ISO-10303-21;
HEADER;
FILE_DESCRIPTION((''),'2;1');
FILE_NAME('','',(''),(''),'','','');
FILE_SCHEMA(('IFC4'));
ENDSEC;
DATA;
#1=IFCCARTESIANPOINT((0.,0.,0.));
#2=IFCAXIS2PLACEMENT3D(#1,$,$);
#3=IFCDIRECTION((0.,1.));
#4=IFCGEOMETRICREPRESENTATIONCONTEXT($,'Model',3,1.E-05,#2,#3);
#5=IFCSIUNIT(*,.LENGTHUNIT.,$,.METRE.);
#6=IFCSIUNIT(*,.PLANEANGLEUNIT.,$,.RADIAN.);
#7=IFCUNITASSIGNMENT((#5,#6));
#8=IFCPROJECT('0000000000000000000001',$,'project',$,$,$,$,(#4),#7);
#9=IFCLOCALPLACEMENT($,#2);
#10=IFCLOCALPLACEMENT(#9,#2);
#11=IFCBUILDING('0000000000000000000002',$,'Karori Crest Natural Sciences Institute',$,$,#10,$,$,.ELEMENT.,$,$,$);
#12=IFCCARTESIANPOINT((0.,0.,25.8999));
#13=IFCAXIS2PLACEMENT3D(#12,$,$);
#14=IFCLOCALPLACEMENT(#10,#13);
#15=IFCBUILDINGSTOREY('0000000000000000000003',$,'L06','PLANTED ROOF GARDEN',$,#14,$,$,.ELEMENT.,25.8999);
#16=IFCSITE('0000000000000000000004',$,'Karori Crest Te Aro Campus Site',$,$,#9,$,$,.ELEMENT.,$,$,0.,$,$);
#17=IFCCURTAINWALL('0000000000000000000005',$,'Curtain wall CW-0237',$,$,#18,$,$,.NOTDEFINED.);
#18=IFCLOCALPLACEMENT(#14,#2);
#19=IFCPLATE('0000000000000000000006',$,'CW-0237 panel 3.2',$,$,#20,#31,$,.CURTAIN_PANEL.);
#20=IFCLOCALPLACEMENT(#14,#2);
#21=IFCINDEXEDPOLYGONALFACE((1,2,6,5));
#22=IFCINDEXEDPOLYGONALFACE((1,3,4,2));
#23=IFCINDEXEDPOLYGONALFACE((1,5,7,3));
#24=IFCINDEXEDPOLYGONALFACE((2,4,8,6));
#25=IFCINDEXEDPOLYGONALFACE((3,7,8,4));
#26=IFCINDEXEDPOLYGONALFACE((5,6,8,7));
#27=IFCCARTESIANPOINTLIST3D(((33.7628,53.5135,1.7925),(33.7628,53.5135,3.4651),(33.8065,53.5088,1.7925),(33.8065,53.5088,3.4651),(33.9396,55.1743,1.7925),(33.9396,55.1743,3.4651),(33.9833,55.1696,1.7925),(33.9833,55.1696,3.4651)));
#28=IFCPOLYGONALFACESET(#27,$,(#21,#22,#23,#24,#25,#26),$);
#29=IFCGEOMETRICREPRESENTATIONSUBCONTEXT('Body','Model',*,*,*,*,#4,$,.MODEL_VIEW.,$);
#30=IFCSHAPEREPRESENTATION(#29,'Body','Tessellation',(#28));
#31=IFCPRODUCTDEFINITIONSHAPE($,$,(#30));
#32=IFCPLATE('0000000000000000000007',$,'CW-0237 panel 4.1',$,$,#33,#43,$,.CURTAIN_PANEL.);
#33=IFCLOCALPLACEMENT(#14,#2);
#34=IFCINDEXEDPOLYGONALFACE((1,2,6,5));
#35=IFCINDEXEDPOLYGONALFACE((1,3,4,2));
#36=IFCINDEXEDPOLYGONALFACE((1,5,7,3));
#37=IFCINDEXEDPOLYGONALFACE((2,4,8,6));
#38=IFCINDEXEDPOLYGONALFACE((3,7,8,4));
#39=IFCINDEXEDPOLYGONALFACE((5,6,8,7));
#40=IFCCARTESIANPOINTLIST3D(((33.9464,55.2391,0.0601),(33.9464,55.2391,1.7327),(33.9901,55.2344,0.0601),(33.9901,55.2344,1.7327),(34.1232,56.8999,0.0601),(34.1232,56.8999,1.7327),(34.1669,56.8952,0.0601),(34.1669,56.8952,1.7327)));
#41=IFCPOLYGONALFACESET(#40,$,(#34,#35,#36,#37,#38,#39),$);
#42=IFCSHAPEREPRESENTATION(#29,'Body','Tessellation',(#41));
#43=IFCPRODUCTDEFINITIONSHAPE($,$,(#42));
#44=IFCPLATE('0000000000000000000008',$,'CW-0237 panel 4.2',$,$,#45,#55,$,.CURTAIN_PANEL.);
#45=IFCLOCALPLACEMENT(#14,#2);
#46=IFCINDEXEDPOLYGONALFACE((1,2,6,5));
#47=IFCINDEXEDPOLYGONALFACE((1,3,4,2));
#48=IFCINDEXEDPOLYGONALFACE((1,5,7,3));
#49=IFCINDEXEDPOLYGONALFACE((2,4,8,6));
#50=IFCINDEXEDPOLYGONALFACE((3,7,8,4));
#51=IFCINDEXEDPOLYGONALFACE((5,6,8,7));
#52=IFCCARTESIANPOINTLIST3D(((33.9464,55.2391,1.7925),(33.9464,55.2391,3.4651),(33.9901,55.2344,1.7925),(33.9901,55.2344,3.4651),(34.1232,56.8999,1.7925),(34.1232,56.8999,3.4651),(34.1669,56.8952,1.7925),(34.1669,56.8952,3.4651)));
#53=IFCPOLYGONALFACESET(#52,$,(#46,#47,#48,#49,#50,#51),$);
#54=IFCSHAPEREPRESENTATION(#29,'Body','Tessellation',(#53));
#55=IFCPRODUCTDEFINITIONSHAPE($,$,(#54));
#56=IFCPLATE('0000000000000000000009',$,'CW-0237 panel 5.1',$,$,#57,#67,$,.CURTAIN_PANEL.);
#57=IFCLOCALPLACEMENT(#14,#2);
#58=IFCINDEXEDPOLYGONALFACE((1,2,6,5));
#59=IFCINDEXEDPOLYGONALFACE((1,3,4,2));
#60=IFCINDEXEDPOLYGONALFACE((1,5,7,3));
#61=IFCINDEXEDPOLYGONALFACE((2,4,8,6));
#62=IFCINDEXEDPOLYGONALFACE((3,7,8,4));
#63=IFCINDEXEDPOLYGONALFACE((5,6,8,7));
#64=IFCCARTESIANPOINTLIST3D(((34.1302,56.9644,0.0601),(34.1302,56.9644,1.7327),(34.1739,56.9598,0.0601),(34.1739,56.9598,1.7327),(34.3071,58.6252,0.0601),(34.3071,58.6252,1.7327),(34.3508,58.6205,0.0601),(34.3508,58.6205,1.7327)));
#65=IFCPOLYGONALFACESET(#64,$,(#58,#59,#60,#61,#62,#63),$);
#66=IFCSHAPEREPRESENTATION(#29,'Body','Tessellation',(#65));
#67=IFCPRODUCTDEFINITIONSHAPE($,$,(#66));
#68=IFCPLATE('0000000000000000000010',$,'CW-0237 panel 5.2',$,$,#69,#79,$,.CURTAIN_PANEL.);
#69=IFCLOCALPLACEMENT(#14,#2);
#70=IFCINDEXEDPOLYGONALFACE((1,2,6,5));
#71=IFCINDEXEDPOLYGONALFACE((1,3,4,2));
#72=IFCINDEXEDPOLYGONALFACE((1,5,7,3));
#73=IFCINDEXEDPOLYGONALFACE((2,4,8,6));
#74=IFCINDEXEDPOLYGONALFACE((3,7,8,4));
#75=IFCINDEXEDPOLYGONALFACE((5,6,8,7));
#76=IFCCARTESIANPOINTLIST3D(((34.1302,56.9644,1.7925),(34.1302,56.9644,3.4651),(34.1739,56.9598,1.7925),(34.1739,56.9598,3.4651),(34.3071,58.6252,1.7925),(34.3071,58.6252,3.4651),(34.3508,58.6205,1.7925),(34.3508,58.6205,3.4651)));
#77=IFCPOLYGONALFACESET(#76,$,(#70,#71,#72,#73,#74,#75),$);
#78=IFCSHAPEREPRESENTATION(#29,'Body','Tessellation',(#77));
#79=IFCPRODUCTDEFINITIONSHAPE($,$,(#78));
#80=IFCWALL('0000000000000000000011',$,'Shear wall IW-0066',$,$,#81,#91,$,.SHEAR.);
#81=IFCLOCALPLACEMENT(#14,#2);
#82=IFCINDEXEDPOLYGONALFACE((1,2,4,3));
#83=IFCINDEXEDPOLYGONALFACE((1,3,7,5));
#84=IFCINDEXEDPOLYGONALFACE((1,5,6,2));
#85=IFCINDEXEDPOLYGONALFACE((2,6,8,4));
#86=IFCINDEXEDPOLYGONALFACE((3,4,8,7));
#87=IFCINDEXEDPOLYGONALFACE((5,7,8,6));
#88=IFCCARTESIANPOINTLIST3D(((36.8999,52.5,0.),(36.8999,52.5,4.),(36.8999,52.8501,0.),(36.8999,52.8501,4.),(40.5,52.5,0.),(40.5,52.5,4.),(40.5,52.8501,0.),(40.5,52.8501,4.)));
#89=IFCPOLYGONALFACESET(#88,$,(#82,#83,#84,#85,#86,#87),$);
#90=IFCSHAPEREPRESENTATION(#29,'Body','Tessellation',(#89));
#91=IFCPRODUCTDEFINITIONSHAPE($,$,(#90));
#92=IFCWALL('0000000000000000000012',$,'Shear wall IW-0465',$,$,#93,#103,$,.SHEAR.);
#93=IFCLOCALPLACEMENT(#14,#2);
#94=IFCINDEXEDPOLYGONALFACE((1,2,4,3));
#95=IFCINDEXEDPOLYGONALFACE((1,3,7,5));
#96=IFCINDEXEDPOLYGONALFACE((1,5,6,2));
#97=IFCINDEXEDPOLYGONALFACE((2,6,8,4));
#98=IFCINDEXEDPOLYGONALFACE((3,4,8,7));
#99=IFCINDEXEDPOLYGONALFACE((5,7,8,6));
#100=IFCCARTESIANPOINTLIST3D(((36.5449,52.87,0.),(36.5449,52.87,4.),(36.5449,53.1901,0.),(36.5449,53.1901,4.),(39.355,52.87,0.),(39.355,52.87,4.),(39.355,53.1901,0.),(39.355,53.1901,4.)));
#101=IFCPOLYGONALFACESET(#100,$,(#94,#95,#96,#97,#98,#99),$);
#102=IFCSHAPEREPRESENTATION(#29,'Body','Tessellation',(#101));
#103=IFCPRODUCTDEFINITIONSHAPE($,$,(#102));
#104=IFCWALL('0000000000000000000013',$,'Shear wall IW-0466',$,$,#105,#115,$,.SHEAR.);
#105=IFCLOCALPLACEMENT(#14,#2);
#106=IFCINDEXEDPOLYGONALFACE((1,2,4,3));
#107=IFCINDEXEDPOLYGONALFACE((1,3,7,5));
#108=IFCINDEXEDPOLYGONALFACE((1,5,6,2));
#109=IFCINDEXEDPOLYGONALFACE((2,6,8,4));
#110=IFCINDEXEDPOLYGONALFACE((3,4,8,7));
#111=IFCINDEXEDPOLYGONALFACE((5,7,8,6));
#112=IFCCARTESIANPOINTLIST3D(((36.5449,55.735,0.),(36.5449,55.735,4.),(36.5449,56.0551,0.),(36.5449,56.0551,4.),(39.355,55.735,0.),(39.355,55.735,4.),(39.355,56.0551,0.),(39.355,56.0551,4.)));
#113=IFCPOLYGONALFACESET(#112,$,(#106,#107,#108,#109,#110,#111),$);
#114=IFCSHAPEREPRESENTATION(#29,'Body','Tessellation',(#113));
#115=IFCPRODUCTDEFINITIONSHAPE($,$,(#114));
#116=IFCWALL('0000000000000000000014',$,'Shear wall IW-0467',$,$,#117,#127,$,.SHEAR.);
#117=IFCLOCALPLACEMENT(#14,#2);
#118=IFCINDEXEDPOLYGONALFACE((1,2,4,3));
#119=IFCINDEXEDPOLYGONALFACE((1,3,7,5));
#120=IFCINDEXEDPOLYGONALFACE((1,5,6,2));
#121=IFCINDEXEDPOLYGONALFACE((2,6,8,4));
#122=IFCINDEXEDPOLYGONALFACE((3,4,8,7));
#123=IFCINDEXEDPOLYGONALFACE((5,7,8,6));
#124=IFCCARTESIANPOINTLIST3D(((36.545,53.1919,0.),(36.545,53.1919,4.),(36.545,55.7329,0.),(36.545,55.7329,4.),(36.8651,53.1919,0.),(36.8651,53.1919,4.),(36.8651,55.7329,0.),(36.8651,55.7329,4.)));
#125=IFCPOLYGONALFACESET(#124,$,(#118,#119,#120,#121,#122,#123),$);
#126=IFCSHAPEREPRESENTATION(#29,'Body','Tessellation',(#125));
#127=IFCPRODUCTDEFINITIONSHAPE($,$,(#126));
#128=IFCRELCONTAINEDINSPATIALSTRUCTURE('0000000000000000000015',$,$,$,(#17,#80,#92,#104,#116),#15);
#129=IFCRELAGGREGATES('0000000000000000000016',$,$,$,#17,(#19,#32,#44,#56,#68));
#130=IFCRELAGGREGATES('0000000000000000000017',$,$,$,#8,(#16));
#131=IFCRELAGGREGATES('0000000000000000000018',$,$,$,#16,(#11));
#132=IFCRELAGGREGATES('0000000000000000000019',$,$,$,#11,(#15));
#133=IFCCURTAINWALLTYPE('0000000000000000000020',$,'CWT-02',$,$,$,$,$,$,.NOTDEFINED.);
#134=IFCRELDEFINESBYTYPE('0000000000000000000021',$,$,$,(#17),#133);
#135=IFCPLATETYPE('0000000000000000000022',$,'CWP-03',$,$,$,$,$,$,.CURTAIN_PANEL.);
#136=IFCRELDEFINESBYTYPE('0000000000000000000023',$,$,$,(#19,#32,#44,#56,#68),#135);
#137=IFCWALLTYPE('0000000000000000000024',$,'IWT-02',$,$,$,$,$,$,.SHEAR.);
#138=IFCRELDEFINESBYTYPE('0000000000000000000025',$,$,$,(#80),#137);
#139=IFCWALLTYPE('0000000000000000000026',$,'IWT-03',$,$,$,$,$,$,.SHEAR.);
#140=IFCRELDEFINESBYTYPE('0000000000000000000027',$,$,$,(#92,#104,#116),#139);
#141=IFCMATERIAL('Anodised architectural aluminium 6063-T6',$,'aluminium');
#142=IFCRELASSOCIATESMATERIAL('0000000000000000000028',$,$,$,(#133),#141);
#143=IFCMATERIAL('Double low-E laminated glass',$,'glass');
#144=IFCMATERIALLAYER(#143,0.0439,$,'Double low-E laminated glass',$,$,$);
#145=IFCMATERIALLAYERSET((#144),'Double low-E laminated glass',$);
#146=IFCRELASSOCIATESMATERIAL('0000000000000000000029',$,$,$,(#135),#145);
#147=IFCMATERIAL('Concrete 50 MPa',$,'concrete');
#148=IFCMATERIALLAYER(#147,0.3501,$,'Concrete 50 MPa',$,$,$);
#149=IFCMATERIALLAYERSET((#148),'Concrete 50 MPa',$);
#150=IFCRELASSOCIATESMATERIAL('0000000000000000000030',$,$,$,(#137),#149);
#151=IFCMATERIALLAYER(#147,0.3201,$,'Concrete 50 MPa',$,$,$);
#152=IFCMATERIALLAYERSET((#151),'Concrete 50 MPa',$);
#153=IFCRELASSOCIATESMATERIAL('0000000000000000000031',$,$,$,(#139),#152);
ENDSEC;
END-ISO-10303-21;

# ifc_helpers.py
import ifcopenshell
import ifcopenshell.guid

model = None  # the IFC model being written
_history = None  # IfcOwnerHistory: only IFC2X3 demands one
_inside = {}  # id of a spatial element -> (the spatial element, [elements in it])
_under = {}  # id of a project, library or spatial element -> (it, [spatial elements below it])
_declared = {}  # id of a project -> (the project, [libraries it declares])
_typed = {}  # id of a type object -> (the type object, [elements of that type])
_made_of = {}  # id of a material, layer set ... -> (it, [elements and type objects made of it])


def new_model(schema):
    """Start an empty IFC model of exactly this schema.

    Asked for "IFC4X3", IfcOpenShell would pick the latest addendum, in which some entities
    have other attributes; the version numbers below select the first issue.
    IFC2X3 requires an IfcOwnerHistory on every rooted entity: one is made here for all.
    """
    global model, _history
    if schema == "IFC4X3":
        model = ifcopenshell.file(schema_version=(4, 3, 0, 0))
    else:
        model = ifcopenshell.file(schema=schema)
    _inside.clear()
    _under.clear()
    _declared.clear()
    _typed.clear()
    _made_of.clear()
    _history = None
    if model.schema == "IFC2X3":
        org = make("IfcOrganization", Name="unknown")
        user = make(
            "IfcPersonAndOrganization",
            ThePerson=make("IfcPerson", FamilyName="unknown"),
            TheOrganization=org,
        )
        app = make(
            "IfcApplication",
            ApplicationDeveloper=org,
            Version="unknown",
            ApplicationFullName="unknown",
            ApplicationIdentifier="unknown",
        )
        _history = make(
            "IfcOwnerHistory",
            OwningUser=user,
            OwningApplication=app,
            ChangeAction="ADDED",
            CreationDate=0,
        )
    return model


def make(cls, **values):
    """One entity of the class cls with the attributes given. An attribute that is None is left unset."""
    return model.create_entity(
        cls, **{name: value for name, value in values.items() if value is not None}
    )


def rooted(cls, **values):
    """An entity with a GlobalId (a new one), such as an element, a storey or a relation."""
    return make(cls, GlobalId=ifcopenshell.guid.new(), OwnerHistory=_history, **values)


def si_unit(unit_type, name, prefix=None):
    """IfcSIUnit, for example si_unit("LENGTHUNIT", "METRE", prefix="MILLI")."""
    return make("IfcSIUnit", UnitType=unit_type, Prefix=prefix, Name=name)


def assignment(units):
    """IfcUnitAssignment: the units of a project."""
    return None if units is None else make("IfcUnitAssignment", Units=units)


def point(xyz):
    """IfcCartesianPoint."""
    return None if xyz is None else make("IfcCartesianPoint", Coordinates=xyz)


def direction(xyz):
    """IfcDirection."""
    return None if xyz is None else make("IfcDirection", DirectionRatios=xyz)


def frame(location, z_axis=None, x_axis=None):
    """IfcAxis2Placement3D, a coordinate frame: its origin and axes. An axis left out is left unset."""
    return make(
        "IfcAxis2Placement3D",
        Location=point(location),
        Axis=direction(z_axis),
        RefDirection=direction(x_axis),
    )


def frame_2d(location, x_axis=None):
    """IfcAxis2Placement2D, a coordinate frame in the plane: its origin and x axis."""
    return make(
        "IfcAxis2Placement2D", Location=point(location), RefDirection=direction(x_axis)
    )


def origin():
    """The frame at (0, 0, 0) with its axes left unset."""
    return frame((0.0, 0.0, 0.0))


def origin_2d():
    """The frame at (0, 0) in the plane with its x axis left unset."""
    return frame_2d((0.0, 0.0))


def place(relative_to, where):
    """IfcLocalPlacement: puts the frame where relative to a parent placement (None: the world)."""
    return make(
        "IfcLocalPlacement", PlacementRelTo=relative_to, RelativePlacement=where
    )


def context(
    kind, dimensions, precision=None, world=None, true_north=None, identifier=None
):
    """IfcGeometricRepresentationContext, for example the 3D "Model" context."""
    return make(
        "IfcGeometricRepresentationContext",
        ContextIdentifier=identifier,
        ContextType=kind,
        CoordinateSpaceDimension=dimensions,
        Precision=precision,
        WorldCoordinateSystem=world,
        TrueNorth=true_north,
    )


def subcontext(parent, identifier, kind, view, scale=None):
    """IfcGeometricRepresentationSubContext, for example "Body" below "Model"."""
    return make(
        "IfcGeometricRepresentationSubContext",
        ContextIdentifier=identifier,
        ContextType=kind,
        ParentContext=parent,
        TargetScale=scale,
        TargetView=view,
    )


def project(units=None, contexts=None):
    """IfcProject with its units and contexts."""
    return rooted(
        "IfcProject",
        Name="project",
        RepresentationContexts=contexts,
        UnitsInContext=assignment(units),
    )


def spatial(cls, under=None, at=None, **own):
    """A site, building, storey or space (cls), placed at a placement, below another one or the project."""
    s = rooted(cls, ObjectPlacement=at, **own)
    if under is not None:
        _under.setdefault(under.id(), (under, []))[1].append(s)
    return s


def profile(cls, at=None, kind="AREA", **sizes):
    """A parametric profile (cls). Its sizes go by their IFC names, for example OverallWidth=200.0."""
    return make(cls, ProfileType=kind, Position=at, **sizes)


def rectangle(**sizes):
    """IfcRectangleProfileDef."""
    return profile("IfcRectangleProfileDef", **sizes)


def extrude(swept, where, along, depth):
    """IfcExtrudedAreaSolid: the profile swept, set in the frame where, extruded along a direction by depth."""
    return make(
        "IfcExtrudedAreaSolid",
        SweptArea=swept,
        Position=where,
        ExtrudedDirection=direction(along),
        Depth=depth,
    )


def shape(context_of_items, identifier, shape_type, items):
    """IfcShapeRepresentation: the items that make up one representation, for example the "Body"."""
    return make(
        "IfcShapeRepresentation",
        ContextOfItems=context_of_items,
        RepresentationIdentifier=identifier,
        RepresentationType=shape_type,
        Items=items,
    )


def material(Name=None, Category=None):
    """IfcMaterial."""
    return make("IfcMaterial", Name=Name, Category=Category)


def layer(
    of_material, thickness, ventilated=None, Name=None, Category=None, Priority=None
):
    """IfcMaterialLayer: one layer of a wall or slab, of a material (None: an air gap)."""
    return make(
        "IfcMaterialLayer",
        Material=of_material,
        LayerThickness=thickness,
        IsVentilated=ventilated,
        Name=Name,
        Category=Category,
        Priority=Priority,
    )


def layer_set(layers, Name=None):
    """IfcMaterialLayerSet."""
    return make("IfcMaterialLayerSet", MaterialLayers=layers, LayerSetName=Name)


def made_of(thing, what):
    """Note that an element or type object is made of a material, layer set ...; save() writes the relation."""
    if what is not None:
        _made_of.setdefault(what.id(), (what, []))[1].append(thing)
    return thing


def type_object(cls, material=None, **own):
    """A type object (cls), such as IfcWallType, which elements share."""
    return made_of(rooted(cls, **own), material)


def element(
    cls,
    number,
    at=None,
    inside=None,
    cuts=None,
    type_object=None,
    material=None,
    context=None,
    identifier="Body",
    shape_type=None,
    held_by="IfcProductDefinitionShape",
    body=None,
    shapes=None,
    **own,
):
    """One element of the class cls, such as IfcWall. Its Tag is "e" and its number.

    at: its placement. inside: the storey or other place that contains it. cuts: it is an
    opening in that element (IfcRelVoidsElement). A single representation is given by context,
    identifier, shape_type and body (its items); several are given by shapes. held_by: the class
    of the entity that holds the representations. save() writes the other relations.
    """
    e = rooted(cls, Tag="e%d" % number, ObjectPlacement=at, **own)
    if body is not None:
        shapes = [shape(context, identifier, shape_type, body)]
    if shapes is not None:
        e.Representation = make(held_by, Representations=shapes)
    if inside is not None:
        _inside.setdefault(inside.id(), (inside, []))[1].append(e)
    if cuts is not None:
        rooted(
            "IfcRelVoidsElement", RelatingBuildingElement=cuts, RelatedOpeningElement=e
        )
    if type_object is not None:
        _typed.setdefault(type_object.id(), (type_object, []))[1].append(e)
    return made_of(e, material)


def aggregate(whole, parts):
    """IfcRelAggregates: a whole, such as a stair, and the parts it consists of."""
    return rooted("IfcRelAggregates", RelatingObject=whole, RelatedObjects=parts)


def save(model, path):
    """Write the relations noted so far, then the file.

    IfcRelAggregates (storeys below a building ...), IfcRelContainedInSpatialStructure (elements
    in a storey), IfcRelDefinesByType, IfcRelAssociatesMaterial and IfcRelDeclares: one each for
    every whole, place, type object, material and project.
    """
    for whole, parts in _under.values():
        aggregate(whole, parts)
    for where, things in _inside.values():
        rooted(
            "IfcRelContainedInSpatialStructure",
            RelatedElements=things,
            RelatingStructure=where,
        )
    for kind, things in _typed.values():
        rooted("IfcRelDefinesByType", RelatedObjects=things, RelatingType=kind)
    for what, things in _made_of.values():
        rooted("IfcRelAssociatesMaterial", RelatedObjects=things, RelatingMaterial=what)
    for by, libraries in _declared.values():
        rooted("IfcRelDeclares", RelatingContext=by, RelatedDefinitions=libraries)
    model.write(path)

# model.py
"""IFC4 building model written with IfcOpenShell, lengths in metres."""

from ifc_helpers import new_model, si_unit, direction, frame, frame_2d, origin, origin_2d, place, context, subcontext, project, spatial, rectangle, extrude, material, layer, layer_set, type_object, element, aggregate, save


model = new_model("IFC4")

# Units and contexts
model_context = context("Model", 3, precision=1e-05, world=origin(), true_north=direction((0.0, 1.0)))
body_context = subcontext(model_context, "Body", "Model", "MODEL_VIEW")
ifc_project = project(units=[si_unit("LENGTHUNIT", "METRE"), si_unit("PLANEANGLEUNIT", "RADIAN")], contexts=[model_context])

# Site, building, storey
site_placement = place(None, origin())
site = spatial("IfcSite", under=ifc_project, at=site_placement, Name="Karori Crest Te Aro Campus Site", CompositionType="ELEMENT", RefElevation=0.0)
building_placement = place(site_placement, origin())
building = spatial("IfcBuilding", under=site, at=building_placement, Name="Karori Crest Natural Sciences Institute", CompositionType="ELEMENT")
storey_placement = place(building_placement, frame((0.0, 0.0, 25.8999)))
storey = spatial("IfcBuildingStorey", under=building, at=storey_placement, Name="L06", Description="PLANTED ROOF GARDEN", CompositionType="ELEMENT", Elevation=25.8999)

# Curtain wall
ifc_material_1 = material(Name="Anodised architectural aluminium 6063-T6", Category="aluminium")
curtain_wall_type_1 = type_object("IfcCurtainWallType", Name="CWT-02", PredefinedType="NOTDEFINED", material=ifc_material_1)
curtain_wall_1_placement = place(storey_placement, origin())
curtain_wall_1 = element("IfcCurtainWall", 1, at=curtain_wall_1_placement, inside=storey, type_object=curtain_wall_type_1, Name="Curtain wall CW-0237", PredefinedType="NOTDEFINED")

# Plates
ifc_material_2 = material(Name="Double low-E laminated glass", Category="glass")
ifc_layer_1 = layer(ifc_material_2, 0.0439, Name="Double low-E laminated glass")
ifc_layer_set_1 = layer_set([ifc_layer_1], Name="Double low-E laminated glass")
plate_type = type_object("IfcPlateType", Name="CWP-03", PredefinedType="CURTAIN_PANEL", material=ifc_layer_set_1)
plate_1_placement = place(storey_placement, frame((33.873, 54.3416, 1.7925), z_axis=(0.0, 0.0, 1.0), x_axis=(0.105886, 0.994378, 0.0)))
plate_1 = element("IfcPlate", 2, at=plate_1_placement, type_object=plate_type, Name="CW-0237 panel 3.2", PredefinedType="CURTAIN_PANEL", context=body_context, shape_type="SweptSolid", body=[
    extrude(rectangle(XDim=1.6702, YDim=0.0439, at=origin_2d()), origin(), (0.0, 0.0, 1.0), 1.6726),
])
plate_2_placement = place(storey_placement, frame((34.0566, 56.0671, 0.0601), z_axis=(0.0, 0.0, 1.0), x_axis=(0.105886, 0.994378, 0.0)))
plate_2 = element("IfcPlate", 3, at=plate_2_placement, type_object=plate_type, Name="CW-0237 panel 4.1", PredefinedType="CURTAIN_PANEL", context=body_context, shape_type="SweptSolid", body=[
    extrude(rectangle(XDim=1.6702, YDim=0.0439, at=origin_2d()), origin(), (0.0, 0.0, 1.0), 1.6726),
])
plate_3_placement = place(storey_placement, frame((34.0566, 56.0671, 1.7925), z_axis=(0.0, 0.0, 1.0), x_axis=(0.105886, 0.994378, 0.0)))
plate_3 = element("IfcPlate", 4, at=plate_3_placement, type_object=plate_type, Name="CW-0237 panel 4.2", PredefinedType="CURTAIN_PANEL", context=body_context, shape_type="SweptSolid", body=[
    extrude(rectangle(XDim=1.6702, YDim=0.0439, at=origin_2d()), origin(), (0.0, 0.0, 1.0), 1.6726),
])
plate_4_placement = place(storey_placement, frame((34.2405, 57.7925, 0.0601), z_axis=(0.0, 0.0, 1.0), x_axis=(0.105886, 0.994378, 0.0)))
plate_4 = element("IfcPlate", 5, at=plate_4_placement, type_object=plate_type, Name="CW-0237 panel 5.1", PredefinedType="CURTAIN_PANEL", context=body_context, shape_type="SweptSolid", body=[
    extrude(rectangle(XDim=1.6702, YDim=0.0439, at=origin_2d()), origin(), (0.0, 0.0, 1.0), 1.6726),
])
plate_5_placement = place(storey_placement, frame((34.2405, 57.7925, 1.7925), z_axis=(0.0, 0.0, 1.0), x_axis=(0.105886, 0.994378, 0.0)))
plate_5 = element("IfcPlate", 6, at=plate_5_placement, type_object=plate_type, Name="CW-0237 panel 5.2", PredefinedType="CURTAIN_PANEL", context=body_context, shape_type="SweptSolid", body=[
    extrude(rectangle(XDim=1.6702, YDim=0.0439, at=origin_2d()), origin(), (0.0, 0.0, 1.0), 1.6726),
])
aggregate(curtain_wall_1, [plate_1, plate_2, plate_3, plate_4, plate_5])

# Walls
ifc_material_3 = material(Name="Concrete 50 MPa", Category="concrete")
ifc_layer_2 = layer(ifc_material_3, 0.3501, Name="Concrete 50 MPa")
ifc_layer_set_2 = layer_set([ifc_layer_2], Name="Concrete 50 MPa")
wall_type_1 = type_object("IfcWallType", Name="IWT-02", PredefinedType="SHEAR", material=ifc_layer_set_2)
wall_1_placement = place(storey_placement, frame((36.8999, 52.675, 0.0), z_axis=(0.0, 0.0, 1.0), x_axis=(1.0, 0.0, 0.0)))
element("IfcWall", 7, at=wall_1_placement, inside=storey, type_object=wall_type_1, Name="Shear wall IW-0066", PredefinedType="SHEAR", context=body_context, shape_type="SweptSolid", body=[
    extrude(rectangle(XDim=3.6001, YDim=0.3501, at=frame_2d((1.8, 0.0))), origin(), (0.0, 0.0, 1.0), 4.0),
])
ifc_layer_3 = layer(ifc_material_3, 0.3201, Name="Concrete 50 MPa")
ifc_layer_set_3 = layer_set([ifc_layer_3], Name="Concrete 50 MPa")
wall_type_2 = type_object("IfcWallType", Name="IWT-03", PredefinedType="SHEAR", material=ifc_layer_set_3)
for number, where, z_axis, x_axis, name in (
    (8, (36.5449, 53.03, 0.0), (0.0, 0.0, 1.0), (1.0, 0.0, 0.0), "Shear wall IW-0465"),
    (9, (36.5449, 55.895, 0.0), (0.0, 0.0, 1.0), (1.0, 0.0, 0.0), "Shear wall IW-0466"),
):
    element("IfcWall", number, at=place(storey_placement, frame(where, z_axis=z_axis, x_axis=x_axis)), inside=storey, type_object=wall_type_2, Name=name, PredefinedType="SHEAR", context=body_context, shape_type="SweptSolid", body=[
        extrude(rectangle(XDim=2.8101, YDim=0.3201, at=frame_2d((1.405, 0.0))), origin(), (0.0, 0.0, 1.0), 4.0),
    ])
wall_2_placement = place(storey_placement, frame((36.7051, 53.1919, 0.0), z_axis=(0.0, 0.0, 1.0), x_axis=(0.0, 1.0, 0.0)))
element("IfcWall", 10, at=wall_2_placement, inside=storey, type_object=wall_type_2, Name="Shear wall IW-0467", PredefinedType="SHEAR", context=body_context, shape_type="SweptSolid", body=[
    extrude(rectangle(XDim=2.541, YDim=0.3201, at=frame_2d((1.2705, 0.0))), origin(), (0.0, 0.0, 1.0), 4.0),
])

save(model, "model.ifc")
